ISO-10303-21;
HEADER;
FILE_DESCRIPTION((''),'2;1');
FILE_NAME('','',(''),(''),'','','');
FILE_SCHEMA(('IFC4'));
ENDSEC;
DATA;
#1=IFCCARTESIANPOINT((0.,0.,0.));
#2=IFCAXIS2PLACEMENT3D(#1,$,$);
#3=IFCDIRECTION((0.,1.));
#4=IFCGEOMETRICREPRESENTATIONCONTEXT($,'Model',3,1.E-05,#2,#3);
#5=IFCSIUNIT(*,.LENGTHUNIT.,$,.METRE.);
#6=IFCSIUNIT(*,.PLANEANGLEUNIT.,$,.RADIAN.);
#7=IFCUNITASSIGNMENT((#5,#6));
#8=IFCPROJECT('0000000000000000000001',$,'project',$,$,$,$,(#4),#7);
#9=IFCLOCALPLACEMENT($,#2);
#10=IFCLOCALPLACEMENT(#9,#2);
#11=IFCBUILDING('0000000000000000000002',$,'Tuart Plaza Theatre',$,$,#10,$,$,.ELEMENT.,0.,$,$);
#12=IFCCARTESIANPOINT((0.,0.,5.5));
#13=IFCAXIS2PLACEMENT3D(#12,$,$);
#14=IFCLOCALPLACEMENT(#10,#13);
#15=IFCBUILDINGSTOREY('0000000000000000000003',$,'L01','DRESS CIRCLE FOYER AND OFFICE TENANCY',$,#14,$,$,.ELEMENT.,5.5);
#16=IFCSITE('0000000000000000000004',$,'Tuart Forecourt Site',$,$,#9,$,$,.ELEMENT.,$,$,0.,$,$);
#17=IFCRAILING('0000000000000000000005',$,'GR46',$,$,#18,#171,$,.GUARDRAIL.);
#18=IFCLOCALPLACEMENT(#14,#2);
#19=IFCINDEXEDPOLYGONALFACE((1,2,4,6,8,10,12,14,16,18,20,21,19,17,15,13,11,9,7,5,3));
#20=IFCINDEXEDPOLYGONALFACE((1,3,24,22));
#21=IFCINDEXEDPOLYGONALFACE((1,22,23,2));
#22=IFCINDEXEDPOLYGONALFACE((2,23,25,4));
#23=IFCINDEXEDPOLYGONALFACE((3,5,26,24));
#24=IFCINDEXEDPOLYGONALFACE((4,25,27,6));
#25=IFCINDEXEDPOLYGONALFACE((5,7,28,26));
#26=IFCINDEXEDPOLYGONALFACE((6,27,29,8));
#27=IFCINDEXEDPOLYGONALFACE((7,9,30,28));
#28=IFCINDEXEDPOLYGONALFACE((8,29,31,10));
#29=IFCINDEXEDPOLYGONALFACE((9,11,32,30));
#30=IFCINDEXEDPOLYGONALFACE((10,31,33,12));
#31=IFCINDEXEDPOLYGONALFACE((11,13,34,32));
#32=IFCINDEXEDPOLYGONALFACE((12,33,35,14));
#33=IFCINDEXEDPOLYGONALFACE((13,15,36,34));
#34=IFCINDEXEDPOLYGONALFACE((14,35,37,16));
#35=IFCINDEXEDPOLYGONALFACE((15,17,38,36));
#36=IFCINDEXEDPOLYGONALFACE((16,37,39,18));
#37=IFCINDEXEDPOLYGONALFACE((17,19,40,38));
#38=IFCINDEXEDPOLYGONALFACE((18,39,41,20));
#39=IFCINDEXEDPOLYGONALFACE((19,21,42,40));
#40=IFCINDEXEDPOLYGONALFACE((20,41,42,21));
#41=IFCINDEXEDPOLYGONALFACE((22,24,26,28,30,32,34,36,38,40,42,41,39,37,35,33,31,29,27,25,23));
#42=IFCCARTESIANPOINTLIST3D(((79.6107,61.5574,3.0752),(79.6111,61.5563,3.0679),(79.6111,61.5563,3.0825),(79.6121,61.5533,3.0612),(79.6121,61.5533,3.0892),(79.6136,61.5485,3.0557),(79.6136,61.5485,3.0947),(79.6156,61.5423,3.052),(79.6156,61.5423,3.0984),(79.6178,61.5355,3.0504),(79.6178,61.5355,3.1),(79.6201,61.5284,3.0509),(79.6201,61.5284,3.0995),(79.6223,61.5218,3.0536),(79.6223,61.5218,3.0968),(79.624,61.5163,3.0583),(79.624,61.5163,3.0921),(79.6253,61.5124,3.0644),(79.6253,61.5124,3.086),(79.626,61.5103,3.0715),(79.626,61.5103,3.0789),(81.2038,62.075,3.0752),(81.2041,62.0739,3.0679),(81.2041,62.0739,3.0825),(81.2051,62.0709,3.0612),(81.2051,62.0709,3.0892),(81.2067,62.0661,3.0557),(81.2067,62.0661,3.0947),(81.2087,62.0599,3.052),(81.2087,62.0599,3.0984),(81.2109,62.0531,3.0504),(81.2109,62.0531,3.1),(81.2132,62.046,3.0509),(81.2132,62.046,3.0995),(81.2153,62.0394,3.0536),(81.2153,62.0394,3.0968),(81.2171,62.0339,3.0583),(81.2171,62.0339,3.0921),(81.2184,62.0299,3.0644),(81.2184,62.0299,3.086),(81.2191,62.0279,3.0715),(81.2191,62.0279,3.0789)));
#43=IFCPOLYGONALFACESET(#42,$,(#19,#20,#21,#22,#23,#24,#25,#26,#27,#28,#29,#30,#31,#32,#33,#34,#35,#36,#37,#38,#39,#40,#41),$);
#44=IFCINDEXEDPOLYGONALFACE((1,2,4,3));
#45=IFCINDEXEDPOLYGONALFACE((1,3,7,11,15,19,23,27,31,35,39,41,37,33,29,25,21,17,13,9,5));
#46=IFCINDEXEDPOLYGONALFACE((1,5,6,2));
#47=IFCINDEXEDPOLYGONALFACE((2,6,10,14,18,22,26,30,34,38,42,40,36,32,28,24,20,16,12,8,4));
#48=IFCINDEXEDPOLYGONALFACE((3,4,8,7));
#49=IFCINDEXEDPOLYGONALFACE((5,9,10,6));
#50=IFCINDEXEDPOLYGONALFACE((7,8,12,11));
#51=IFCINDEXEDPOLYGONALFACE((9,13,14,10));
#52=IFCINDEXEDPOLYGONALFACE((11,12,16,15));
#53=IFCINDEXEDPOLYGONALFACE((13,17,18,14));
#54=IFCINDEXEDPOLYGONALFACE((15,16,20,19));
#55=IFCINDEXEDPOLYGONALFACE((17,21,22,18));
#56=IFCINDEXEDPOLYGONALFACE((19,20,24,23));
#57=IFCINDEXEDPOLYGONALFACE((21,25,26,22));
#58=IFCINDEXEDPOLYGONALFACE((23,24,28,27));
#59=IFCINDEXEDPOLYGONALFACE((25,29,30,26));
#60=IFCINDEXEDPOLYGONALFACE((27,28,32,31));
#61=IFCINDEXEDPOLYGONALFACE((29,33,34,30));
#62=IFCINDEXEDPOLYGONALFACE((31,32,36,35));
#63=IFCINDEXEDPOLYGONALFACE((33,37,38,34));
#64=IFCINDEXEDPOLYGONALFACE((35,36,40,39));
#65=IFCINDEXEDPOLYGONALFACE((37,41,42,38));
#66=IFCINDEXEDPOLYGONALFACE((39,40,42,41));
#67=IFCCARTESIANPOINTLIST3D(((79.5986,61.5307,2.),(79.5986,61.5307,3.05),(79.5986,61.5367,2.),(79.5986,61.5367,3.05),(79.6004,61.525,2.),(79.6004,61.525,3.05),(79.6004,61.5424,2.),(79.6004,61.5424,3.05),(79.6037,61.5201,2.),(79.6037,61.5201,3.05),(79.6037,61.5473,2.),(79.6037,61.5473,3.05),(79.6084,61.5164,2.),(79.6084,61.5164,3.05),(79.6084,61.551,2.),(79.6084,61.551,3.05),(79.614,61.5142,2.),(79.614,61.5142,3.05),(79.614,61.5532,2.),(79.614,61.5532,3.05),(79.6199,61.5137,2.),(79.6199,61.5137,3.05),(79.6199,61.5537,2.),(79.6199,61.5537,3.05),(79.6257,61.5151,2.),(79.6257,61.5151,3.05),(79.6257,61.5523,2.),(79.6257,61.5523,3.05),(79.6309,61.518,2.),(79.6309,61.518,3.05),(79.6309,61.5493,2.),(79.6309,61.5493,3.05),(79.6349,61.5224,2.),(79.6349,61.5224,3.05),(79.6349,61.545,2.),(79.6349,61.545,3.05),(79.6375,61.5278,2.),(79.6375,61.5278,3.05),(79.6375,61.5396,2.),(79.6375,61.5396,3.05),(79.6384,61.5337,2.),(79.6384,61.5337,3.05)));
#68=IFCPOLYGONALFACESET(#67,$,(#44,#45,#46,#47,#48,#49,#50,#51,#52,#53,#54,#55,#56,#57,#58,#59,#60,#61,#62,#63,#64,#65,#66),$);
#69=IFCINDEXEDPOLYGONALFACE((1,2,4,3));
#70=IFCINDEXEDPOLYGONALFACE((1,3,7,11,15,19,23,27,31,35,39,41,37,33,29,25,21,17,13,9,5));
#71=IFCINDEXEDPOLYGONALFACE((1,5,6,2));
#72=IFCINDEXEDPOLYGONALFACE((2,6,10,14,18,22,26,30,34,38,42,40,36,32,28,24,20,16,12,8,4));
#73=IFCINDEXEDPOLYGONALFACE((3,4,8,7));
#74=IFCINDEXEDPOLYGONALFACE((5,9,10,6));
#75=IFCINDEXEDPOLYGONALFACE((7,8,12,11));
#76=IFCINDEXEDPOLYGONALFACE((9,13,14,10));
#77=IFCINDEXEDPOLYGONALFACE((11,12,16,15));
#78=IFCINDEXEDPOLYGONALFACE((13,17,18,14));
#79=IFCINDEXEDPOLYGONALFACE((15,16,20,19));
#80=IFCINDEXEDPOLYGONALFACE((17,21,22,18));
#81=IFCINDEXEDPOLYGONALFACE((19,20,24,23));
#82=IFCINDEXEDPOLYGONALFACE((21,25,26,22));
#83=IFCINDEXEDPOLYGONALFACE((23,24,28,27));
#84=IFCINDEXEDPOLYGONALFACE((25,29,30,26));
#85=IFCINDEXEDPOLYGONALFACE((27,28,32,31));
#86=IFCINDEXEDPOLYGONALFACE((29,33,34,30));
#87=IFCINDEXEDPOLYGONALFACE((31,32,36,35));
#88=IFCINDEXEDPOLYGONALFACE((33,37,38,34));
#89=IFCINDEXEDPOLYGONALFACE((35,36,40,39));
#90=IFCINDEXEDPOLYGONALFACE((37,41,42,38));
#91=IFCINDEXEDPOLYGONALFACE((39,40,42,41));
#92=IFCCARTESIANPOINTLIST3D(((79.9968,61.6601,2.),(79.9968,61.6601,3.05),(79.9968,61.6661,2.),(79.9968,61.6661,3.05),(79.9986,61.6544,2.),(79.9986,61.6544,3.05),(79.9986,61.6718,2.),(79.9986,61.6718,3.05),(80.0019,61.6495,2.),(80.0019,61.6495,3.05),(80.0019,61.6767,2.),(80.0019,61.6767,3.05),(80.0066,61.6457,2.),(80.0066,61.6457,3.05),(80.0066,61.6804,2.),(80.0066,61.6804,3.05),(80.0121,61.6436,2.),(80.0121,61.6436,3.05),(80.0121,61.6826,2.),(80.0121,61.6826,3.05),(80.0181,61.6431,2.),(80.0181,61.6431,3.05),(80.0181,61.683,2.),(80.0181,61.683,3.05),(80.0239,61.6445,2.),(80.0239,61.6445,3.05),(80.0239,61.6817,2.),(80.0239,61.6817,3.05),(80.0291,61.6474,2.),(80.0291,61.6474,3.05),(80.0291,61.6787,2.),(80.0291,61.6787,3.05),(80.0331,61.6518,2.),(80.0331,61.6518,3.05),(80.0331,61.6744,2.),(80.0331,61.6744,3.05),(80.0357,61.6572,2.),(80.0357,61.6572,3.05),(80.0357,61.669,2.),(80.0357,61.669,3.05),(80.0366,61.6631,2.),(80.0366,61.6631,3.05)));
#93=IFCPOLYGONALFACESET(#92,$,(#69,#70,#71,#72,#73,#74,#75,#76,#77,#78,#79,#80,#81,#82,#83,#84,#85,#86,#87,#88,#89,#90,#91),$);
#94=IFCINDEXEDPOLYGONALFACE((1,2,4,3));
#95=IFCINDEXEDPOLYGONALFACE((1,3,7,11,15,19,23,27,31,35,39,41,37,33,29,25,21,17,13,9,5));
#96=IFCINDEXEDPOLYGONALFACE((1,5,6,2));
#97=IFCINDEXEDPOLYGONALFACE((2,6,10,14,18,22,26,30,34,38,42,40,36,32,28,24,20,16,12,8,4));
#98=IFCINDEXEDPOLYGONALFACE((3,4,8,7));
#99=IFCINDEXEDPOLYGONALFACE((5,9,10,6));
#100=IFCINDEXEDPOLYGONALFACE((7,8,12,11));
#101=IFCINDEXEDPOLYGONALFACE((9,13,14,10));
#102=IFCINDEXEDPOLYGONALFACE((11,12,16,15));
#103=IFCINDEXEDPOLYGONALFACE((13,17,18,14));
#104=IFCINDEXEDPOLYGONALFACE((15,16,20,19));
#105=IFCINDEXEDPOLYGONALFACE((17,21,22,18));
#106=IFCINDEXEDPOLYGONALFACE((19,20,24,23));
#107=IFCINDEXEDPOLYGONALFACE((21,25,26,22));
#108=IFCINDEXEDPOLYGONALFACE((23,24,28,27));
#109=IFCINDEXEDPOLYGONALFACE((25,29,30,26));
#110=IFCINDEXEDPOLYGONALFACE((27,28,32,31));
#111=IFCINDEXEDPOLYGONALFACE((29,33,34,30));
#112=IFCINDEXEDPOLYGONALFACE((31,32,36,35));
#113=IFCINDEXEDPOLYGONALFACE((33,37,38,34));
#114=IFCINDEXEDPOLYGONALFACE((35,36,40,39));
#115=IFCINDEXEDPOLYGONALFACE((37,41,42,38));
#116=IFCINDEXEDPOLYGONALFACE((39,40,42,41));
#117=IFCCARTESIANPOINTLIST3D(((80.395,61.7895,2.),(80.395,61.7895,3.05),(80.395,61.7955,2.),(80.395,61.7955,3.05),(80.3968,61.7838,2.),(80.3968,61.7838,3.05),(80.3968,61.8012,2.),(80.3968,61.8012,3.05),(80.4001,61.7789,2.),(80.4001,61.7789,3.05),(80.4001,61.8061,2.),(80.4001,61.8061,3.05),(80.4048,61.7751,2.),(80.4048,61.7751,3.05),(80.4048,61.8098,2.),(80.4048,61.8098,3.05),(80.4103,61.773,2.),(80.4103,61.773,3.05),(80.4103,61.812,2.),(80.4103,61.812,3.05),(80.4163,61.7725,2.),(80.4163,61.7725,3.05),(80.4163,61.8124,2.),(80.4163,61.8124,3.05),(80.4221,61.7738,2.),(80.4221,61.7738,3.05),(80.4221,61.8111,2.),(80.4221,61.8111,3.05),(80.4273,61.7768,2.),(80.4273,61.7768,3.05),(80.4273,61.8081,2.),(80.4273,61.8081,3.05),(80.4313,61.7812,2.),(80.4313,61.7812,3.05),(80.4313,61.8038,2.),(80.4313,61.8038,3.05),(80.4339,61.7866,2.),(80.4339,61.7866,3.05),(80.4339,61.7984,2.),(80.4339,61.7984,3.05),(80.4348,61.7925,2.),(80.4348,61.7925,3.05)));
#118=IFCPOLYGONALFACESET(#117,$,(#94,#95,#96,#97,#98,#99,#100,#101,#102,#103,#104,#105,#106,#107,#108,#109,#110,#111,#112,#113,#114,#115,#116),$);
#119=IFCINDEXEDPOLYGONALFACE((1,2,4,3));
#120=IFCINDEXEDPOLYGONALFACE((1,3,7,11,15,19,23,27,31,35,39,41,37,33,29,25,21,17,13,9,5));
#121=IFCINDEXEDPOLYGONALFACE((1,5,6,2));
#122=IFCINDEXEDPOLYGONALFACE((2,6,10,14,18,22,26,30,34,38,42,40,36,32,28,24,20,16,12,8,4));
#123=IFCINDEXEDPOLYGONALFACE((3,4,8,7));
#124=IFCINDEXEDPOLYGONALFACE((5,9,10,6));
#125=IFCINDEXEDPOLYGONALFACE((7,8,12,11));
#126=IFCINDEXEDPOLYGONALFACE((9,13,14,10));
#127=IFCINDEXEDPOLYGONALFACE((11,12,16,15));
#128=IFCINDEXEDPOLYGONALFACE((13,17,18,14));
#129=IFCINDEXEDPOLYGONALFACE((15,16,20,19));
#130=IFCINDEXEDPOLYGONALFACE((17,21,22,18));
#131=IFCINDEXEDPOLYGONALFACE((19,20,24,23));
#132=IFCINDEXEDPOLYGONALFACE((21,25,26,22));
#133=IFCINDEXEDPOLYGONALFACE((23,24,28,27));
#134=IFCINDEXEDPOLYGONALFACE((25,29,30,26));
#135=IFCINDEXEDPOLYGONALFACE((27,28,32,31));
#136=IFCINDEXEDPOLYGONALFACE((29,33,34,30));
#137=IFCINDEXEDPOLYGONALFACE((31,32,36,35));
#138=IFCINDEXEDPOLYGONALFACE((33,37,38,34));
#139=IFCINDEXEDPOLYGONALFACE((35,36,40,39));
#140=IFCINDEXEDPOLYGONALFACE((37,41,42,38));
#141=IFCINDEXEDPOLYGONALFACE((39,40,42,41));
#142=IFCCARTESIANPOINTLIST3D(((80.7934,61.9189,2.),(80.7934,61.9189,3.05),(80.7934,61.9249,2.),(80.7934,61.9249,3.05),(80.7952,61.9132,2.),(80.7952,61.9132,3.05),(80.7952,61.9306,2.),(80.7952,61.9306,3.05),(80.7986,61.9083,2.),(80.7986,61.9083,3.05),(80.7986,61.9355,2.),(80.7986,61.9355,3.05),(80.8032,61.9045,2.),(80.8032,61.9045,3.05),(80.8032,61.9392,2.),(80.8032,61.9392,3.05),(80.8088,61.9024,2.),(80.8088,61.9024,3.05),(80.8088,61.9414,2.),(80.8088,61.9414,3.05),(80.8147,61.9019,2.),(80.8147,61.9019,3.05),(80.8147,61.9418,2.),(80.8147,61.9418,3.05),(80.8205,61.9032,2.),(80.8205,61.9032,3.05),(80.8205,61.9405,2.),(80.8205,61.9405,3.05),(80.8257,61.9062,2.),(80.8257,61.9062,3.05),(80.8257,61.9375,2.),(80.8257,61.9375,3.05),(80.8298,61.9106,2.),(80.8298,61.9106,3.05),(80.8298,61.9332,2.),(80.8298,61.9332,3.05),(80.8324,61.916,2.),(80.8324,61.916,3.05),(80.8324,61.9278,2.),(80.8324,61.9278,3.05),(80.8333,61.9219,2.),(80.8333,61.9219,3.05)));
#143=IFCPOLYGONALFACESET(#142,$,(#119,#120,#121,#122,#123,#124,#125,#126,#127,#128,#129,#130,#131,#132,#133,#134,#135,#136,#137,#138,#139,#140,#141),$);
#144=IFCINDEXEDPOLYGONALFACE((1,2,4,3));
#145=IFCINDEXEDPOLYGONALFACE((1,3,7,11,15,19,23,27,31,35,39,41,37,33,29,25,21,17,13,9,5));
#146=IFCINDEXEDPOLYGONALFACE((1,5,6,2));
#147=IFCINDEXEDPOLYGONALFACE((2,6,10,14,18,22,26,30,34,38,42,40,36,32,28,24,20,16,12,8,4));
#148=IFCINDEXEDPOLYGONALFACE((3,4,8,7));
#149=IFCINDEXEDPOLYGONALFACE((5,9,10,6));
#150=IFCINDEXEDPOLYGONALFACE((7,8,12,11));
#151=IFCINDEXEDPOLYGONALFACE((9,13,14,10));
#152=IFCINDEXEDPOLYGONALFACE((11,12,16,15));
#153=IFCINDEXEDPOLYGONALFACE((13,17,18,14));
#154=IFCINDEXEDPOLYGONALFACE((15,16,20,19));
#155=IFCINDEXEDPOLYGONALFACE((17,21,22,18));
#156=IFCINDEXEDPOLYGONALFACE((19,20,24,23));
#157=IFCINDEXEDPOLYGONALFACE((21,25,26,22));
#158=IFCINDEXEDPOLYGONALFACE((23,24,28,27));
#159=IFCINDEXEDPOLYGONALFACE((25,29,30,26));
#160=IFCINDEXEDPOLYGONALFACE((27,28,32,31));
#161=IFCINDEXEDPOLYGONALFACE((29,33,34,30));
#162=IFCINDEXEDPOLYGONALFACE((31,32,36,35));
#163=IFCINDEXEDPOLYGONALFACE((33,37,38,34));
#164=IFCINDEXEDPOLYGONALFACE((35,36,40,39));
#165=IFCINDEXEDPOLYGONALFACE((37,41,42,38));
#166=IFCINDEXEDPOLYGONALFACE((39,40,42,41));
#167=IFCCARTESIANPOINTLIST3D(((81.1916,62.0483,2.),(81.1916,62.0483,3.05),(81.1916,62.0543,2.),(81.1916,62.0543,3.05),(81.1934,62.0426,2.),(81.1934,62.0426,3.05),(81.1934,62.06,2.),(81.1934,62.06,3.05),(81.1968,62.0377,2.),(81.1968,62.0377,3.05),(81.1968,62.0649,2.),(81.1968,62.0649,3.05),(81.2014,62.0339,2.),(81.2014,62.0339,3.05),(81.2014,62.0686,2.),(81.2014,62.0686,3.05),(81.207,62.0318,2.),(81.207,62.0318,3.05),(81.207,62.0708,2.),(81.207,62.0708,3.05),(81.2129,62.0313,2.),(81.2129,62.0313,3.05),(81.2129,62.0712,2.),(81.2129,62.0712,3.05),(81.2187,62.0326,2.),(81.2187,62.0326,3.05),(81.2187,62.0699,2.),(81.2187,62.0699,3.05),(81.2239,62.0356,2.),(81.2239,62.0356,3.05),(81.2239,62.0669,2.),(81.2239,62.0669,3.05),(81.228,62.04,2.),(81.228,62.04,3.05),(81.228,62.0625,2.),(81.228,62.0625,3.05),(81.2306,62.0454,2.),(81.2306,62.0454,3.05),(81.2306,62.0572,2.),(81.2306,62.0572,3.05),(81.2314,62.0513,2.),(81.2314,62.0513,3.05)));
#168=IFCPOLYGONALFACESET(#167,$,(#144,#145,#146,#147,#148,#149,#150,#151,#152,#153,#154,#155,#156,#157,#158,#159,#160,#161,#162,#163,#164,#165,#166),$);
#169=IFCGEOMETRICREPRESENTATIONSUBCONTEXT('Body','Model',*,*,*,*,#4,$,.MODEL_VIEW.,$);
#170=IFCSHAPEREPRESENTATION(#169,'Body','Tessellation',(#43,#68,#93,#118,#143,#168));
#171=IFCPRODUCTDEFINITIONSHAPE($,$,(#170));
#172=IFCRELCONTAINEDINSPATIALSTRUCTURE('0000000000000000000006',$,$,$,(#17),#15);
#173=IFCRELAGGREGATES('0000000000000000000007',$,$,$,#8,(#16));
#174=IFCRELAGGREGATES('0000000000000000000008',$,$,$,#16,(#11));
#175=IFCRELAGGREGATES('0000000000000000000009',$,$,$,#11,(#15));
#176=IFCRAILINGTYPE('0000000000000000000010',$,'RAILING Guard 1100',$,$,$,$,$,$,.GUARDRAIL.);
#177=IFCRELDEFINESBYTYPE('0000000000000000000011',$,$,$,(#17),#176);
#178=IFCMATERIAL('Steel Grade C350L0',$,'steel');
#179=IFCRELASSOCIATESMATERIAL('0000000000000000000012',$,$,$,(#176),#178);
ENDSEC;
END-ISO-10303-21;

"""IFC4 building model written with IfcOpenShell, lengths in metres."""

from ifc_helpers import new_model, si_unit, direction, frame, origin, origin_2d, place, context, subcontext, project, spatial, circle, extrude, material, type_object, element, save


model = new_model("IFC4")

# Units and contexts
model_context = context("Model", 3, precision=1e-05, world=origin(), true_north=direction((0.0, 1.0)))
body_context = subcontext(model_context, "Body", "Model", "MODEL_VIEW")
ifc_project = project(units=[si_unit("LENGTHUNIT", "METRE"), si_unit("PLANEANGLEUNIT", "RADIAN")], contexts=[model_context])

# Site, building, storey
site_placement = place(None, origin())
site = spatial("IfcSite", under=ifc_project, at=site_placement, Name="Tuart Forecourt Site", CompositionType="ELEMENT", RefElevation=0.0)
building_placement = place(site_placement, origin())
building = spatial("IfcBuilding", under=site, at=building_placement, Name="Tuart Plaza Theatre", CompositionType="ELEMENT", ElevationOfRefHeight=0.0)
storey_placement = place(building_placement, frame((0.0, 0.0, 5.5)))
storey = spatial("IfcBuildingStorey", under=building, at=storey_placement, Name="L01", Description="DRESS CIRCLE FOYER AND OFFICE TENANCY", CompositionType="ELEMENT", Elevation=5.5)

# Railing
ifc_material_1 = material(Name="Steel Grade C350L0", Category="steel")
railing_type_1 = type_object("IfcRailingType", Name="RAILING Guard 1100", PredefinedType="GUARDRAIL", material=ifc_material_1)
railing_1_placement = place(storey_placement, frame((79.6184, 61.5337, 2.0)))
element("IfcRailing", 1, at=railing_1_placement, inside=storey, type_object=railing_type_1, Name="GR46", PredefinedType="GUARDRAIL", context=body_context, shape_type="SweptSolid", body=[
    extrude(circle(Radius=0.0249, at=origin_2d()), frame((0.0, 0.0, 1.0752), z_axis=(0.951061, 0.309004, 0.0), x_axis=(-0.309004, 0.951061, 0.0)), (0.0, 0.0, 1.0), 1.675),
    extrude(circle(Radius=0.02, at=origin_2d()), origin(), (0.0, 0.0, 1.0), 1.05),
    extrude(circle(Radius=0.02, at=origin_2d()), frame((0.3982, 0.1294, 0.0)), (0.0, 0.0, 1.0), 1.05),
    extrude(circle(Radius=0.02, at=origin_2d()), frame((0.7964, 0.2588, 0.0)), (0.0, 0.0, 1.0), 1.05),
    extrude(circle(Radius=0.02, at=origin_2d()), frame((1.1948, 0.3882, 0.0)), (0.0, 0.0, 1.0), 1.05),
    extrude(circle(Radius=0.02, at=origin_2d()), frame((1.593, 0.5176, 0.0)), (0.0, 0.0, 1.0), 1.05),
])

save(model, "model.ifc")
